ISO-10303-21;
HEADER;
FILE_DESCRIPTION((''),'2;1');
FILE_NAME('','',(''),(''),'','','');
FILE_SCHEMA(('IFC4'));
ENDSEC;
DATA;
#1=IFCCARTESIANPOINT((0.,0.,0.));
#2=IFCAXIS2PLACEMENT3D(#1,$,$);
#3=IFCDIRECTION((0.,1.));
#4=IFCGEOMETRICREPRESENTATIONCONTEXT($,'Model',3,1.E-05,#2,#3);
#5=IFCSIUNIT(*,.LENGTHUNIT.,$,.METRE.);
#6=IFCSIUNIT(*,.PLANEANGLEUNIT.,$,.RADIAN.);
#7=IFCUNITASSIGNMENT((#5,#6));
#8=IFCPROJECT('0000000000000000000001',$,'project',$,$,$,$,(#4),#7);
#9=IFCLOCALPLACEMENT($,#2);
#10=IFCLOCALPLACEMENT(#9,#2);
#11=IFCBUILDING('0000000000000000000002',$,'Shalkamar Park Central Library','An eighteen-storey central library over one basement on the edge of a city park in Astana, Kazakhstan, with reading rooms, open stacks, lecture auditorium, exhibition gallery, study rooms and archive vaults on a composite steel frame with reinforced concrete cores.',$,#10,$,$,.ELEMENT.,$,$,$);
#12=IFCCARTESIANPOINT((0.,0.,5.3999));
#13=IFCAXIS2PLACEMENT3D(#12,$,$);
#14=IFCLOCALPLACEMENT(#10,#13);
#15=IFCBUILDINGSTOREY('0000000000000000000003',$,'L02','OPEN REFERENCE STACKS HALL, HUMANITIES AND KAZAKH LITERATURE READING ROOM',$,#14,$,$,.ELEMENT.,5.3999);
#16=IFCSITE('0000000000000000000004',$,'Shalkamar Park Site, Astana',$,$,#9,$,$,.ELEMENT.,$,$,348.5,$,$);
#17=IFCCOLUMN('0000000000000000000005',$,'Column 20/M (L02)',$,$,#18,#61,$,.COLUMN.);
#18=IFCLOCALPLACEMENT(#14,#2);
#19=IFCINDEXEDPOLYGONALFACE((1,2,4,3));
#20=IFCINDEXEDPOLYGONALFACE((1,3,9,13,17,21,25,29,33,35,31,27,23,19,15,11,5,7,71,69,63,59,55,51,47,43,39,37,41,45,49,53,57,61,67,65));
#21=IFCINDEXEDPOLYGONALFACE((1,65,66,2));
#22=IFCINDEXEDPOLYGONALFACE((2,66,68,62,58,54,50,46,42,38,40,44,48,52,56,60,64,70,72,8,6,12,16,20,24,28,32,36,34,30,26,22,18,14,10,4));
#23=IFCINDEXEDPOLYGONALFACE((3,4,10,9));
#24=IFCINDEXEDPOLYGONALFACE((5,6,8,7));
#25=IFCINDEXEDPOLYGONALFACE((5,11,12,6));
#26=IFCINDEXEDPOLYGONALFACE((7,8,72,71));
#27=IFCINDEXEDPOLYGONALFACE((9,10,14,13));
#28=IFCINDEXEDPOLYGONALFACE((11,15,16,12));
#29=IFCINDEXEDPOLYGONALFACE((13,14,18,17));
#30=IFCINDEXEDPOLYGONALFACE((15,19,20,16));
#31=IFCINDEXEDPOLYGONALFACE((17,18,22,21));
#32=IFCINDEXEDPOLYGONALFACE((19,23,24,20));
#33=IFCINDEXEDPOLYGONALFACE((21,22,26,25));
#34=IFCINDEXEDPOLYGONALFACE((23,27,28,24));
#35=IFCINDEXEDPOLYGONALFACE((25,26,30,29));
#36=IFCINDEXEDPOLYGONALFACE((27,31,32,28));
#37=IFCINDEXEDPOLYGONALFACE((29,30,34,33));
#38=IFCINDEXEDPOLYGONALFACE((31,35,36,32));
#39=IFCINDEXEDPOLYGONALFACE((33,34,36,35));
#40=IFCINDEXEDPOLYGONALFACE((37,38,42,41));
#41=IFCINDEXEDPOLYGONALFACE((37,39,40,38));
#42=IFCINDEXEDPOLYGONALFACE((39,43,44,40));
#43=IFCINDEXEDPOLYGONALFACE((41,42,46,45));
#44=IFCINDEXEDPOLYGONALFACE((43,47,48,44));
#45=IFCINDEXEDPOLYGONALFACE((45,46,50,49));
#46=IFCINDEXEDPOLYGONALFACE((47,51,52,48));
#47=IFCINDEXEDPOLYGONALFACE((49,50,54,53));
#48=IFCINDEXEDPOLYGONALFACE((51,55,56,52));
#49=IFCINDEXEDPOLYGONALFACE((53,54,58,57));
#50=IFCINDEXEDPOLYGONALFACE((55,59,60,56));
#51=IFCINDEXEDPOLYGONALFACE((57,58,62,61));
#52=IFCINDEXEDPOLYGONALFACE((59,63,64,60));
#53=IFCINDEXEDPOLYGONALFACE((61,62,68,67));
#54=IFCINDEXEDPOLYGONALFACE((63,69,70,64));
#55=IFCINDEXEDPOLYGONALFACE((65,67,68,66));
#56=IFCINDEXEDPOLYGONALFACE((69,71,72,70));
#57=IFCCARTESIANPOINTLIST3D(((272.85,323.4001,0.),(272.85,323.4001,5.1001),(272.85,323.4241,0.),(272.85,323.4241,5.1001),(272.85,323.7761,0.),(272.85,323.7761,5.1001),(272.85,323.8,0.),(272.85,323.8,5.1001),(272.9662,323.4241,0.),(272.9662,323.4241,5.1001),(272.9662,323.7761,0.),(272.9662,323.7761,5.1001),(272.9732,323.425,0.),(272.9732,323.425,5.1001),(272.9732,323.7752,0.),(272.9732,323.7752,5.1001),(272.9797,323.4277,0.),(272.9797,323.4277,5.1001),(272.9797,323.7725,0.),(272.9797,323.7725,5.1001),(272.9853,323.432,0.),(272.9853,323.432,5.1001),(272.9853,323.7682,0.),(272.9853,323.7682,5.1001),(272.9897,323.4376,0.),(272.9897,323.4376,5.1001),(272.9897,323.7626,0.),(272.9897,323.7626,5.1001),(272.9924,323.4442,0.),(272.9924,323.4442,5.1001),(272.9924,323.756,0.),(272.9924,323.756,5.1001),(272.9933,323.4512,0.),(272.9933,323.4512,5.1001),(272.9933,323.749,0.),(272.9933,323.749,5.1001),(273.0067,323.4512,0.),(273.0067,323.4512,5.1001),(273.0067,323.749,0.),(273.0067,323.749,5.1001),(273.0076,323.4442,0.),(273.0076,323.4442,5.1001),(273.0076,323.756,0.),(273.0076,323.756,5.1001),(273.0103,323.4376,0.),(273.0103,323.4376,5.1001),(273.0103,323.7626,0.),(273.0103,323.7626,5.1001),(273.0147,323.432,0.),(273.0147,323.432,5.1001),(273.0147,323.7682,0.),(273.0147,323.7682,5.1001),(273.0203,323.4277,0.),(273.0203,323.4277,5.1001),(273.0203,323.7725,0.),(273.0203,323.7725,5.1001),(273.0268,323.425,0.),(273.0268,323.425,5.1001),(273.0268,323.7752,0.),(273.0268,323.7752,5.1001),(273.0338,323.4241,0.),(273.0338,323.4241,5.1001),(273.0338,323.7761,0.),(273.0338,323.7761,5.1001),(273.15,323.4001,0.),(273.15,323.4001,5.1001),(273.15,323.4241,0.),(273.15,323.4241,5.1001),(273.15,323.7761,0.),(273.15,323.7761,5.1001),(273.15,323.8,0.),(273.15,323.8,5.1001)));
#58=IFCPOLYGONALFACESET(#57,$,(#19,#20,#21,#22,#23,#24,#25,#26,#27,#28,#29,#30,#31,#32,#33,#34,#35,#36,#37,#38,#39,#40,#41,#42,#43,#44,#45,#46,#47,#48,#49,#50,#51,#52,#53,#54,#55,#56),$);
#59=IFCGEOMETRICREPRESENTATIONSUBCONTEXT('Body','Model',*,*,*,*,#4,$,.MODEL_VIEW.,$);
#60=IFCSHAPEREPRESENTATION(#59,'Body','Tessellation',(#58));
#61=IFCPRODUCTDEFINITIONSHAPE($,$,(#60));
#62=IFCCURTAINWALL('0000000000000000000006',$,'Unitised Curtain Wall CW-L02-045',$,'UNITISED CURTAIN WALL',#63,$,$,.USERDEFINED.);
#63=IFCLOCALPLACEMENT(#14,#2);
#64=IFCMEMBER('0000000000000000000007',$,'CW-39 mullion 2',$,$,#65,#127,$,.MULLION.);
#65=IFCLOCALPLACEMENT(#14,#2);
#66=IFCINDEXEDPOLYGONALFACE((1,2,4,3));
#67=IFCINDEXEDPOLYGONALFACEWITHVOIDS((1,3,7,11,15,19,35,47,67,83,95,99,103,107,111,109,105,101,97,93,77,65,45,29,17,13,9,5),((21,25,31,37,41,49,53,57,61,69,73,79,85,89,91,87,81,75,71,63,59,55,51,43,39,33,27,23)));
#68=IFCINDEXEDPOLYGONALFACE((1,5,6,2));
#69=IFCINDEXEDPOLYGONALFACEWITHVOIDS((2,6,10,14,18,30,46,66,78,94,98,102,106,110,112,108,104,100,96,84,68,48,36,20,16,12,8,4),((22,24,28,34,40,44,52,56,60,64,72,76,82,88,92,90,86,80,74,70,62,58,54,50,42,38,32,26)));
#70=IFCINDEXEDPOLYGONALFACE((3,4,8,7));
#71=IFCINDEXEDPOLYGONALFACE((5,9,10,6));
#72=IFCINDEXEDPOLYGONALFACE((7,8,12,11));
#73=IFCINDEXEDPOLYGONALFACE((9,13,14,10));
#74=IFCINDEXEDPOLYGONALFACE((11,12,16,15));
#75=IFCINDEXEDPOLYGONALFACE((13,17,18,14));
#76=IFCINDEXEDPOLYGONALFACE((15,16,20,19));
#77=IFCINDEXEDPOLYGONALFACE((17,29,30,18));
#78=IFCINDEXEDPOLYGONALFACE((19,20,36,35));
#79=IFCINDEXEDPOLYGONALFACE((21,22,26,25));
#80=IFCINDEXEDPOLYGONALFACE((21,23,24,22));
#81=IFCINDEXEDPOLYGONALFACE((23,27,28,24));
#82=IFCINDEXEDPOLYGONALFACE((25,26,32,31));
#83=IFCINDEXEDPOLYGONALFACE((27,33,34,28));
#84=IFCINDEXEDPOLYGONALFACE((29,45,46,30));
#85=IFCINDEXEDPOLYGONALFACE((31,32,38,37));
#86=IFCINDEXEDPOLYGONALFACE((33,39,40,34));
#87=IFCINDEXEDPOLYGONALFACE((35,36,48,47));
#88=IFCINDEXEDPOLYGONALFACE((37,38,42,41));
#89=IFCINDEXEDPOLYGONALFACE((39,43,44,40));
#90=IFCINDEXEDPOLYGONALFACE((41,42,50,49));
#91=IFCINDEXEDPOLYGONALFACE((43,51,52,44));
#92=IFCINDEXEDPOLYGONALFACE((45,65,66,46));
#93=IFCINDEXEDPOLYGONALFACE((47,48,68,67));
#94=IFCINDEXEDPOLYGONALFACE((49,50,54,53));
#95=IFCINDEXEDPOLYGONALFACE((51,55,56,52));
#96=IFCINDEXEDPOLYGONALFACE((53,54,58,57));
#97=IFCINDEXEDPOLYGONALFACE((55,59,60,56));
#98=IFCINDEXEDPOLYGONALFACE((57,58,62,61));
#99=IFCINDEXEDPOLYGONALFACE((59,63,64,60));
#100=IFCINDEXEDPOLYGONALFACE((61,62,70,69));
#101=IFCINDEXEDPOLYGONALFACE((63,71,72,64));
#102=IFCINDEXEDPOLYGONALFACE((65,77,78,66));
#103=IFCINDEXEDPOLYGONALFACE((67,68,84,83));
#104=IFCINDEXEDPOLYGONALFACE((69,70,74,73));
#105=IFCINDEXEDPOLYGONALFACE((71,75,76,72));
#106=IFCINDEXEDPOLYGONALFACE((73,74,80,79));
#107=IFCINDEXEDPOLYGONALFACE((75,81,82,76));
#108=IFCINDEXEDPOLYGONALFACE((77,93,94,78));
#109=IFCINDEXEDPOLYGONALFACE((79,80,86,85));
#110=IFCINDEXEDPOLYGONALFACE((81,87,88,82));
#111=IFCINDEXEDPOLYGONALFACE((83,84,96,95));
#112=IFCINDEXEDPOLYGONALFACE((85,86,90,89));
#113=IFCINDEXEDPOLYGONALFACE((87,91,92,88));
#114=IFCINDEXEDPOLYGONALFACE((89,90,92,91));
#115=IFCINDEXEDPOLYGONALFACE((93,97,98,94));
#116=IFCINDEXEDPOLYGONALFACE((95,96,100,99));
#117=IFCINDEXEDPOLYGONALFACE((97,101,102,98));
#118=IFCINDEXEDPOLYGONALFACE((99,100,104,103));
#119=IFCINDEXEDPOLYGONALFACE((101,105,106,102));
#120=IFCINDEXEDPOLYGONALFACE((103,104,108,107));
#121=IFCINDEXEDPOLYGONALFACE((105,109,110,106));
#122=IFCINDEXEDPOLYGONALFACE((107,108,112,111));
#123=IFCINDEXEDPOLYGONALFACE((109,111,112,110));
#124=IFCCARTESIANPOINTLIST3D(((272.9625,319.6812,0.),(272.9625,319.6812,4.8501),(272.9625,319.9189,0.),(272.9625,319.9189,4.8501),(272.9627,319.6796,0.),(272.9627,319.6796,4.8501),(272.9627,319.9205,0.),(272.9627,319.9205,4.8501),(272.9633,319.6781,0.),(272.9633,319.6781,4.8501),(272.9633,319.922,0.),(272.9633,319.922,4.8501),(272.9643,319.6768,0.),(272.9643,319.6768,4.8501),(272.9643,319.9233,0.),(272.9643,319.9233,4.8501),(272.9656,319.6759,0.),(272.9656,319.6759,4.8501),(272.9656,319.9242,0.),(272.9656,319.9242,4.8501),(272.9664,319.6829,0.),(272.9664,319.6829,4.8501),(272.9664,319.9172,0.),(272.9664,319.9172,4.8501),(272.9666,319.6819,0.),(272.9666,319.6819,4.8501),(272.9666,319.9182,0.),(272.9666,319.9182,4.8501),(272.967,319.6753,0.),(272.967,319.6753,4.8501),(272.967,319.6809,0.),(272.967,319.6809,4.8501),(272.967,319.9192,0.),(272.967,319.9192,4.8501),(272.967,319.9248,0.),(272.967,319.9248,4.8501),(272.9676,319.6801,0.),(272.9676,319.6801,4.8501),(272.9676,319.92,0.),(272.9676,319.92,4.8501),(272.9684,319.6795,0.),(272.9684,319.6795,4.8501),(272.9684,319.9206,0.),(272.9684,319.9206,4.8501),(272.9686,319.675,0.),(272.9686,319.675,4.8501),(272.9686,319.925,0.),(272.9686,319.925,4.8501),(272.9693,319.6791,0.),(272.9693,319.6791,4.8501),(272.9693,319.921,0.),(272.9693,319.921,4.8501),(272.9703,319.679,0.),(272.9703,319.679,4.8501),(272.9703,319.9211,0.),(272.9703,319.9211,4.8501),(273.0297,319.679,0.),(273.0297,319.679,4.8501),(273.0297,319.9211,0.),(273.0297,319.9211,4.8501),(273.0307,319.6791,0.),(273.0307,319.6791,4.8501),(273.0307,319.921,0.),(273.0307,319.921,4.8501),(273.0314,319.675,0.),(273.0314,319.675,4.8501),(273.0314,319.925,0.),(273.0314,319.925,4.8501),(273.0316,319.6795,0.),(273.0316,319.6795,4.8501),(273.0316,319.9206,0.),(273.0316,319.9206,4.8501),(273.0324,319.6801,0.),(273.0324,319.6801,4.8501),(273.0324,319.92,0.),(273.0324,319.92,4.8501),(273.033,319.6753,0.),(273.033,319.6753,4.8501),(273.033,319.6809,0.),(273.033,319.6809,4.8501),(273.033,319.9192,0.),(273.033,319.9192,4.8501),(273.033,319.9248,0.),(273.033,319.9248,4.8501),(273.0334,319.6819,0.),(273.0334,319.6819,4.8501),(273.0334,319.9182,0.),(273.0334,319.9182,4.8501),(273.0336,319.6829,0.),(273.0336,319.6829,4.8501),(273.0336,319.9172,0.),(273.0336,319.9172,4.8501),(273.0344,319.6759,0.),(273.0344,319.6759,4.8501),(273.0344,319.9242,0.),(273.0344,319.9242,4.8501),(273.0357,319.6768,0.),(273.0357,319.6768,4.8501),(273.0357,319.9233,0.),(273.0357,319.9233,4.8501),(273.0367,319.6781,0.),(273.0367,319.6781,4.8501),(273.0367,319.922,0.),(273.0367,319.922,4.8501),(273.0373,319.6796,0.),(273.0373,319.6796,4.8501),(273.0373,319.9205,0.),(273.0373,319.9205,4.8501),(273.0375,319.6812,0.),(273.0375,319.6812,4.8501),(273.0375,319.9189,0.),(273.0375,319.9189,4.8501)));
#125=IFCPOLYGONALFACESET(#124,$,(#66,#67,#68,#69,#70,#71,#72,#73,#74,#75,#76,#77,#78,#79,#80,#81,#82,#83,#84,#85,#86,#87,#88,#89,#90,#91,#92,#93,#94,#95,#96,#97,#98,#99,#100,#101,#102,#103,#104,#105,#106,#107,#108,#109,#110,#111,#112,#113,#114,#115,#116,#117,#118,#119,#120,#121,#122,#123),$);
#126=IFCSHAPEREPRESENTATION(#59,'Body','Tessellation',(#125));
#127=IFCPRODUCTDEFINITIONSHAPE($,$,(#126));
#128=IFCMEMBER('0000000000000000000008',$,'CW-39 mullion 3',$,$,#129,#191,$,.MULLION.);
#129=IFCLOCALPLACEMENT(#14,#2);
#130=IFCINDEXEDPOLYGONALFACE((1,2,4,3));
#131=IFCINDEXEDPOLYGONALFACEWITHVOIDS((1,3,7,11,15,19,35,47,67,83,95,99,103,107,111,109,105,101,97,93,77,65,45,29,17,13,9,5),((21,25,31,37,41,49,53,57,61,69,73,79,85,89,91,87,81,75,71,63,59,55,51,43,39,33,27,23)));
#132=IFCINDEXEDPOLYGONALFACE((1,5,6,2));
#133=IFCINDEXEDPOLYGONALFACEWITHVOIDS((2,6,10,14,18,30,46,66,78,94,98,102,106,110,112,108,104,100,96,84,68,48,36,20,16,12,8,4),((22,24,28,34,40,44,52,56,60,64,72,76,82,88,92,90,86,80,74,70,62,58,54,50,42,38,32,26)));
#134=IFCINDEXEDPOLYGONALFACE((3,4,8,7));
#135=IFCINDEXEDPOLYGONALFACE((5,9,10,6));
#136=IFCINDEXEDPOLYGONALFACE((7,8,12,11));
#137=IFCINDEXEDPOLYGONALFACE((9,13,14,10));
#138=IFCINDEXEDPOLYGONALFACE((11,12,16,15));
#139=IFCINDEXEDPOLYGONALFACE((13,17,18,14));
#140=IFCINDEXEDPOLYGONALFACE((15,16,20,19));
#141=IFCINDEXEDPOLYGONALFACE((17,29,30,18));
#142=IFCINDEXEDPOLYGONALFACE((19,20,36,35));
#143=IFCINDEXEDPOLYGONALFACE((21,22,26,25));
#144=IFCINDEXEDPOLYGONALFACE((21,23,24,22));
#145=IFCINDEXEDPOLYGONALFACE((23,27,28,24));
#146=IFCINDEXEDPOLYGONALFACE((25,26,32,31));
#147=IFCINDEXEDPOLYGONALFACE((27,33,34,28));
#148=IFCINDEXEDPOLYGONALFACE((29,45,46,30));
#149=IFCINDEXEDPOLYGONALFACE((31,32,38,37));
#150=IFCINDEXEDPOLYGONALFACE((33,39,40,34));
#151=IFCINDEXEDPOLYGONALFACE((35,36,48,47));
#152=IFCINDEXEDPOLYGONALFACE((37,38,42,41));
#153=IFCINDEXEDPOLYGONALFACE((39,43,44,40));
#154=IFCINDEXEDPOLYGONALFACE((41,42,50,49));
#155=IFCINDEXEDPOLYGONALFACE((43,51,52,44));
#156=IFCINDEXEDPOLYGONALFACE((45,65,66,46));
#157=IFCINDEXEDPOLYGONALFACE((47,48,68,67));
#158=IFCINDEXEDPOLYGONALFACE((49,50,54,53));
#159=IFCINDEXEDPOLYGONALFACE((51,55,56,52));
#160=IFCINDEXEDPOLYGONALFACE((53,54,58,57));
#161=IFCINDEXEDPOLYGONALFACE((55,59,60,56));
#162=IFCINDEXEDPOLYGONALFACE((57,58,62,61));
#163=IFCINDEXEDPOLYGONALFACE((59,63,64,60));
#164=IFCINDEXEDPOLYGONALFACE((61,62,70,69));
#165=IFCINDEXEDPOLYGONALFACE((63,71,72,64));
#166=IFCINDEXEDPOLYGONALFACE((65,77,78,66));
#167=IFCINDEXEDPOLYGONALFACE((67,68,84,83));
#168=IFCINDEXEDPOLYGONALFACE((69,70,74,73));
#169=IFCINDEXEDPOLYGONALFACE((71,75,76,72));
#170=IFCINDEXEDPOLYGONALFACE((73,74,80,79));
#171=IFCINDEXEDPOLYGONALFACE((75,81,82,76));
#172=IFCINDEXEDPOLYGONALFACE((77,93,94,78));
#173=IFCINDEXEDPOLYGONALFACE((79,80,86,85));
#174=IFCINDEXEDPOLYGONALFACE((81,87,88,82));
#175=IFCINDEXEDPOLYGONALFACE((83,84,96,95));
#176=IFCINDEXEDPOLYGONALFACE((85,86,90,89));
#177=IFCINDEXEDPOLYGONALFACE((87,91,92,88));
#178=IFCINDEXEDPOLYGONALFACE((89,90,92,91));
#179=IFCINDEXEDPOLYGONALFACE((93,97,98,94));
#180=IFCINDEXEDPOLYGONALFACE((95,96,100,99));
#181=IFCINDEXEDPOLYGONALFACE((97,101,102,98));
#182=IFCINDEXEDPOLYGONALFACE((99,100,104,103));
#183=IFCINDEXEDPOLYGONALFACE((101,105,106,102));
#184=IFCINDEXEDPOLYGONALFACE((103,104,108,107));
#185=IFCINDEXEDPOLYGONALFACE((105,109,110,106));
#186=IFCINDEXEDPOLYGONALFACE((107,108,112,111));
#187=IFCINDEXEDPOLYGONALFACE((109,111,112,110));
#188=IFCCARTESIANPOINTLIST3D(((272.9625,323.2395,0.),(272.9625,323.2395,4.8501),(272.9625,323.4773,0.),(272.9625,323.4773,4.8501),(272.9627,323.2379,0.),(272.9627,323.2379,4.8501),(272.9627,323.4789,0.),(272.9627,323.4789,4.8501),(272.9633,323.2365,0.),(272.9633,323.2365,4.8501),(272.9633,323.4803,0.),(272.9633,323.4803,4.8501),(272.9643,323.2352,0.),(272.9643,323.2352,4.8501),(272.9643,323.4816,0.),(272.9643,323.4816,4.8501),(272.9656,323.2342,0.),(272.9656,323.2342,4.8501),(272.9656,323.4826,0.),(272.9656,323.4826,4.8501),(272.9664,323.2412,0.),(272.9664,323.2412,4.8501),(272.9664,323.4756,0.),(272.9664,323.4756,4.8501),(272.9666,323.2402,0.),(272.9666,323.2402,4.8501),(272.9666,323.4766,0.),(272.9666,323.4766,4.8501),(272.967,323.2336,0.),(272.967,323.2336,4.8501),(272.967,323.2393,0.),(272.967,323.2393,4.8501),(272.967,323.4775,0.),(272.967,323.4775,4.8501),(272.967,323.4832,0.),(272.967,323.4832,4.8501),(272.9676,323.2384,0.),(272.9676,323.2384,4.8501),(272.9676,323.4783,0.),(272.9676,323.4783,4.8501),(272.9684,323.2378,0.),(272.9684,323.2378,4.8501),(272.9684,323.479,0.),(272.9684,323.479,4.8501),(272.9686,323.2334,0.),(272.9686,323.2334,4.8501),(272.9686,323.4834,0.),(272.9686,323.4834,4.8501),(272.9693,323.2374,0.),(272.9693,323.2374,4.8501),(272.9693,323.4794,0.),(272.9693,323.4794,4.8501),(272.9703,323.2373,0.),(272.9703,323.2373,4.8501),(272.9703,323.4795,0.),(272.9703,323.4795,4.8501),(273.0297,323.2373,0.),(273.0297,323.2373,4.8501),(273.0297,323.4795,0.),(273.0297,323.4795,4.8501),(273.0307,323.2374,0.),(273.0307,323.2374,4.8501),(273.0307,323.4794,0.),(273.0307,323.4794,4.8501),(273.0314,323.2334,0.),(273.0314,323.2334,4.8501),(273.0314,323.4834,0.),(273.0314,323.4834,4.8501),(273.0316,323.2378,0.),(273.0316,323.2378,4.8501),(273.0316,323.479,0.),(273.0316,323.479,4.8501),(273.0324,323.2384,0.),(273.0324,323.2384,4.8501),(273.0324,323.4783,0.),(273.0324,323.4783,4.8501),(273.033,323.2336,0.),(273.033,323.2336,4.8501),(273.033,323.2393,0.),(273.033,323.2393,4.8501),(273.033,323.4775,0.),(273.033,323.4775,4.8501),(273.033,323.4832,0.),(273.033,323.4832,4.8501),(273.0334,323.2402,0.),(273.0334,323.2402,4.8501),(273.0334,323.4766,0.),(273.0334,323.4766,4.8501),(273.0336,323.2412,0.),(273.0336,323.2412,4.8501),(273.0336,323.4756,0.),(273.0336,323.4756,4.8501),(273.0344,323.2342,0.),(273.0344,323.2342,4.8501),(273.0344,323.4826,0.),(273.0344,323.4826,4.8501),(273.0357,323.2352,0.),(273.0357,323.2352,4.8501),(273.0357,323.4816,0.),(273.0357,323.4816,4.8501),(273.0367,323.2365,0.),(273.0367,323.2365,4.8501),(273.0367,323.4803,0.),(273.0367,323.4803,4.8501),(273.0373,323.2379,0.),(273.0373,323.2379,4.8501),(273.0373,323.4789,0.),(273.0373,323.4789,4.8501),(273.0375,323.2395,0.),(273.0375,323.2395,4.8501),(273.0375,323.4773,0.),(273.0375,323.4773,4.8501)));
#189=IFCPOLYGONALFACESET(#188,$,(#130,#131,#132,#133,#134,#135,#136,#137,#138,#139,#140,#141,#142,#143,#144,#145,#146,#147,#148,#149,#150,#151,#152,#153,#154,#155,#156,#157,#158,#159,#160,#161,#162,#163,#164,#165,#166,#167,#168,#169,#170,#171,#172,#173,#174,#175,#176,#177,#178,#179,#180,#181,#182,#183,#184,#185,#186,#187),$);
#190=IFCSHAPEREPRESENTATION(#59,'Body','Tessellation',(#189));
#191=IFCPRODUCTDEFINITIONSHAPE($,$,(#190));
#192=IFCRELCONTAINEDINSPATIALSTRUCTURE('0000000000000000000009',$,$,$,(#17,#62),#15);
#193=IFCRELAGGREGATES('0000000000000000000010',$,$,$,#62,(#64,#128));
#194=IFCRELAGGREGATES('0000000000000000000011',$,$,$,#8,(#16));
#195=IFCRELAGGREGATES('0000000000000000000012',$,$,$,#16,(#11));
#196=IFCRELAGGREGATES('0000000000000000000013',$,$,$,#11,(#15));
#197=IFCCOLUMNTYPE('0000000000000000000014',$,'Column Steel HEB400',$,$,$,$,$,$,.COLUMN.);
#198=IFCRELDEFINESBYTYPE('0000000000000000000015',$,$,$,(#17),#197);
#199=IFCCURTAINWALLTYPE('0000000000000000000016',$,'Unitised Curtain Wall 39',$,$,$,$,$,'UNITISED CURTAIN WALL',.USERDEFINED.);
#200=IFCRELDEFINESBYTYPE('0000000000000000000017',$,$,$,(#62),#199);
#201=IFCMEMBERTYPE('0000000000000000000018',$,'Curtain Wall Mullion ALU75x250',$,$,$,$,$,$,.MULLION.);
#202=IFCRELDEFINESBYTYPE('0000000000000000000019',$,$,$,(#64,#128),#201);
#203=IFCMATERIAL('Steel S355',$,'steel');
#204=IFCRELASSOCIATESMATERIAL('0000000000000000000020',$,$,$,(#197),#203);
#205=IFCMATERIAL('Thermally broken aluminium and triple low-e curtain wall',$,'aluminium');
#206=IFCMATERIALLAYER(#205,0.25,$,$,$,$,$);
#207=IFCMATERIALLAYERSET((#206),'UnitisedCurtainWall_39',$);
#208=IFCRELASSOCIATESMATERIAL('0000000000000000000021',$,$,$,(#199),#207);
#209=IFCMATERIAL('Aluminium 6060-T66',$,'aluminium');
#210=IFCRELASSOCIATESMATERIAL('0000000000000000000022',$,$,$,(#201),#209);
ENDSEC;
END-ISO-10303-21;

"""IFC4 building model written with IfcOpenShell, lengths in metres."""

from ifc_helpers import new_model, si_unit, direction, frame, origin, origin_2d, place, context, subcontext, project, spatial, hollow_rectangle, i_section, extrude, material, layer, layer_set, material_profile, profile_set, type_object, element, aggregate, save


model = new_model("IFC4")

# Units and contexts
model_context = context("Model", 3, precision=1e-05, world=origin(), true_north=direction((0.0, 1.0)))
body_context = subcontext(model_context, "Body", "Model", "MODEL_VIEW")
ifc_project = project(units=[si_unit("LENGTHUNIT", "METRE"), si_unit("PLANEANGLEUNIT", "RADIAN")], contexts=[model_context])

# Site, building, storey
site_placement = place(None, origin())
site = spatial("IfcSite", under=ifc_project, at=site_placement, Name="Shalkamar Park Site, Astana", CompositionType="ELEMENT", RefElevation=348.5)
building_placement = place(site_placement, origin())
building = spatial("IfcBuilding", under=site, at=building_placement, Name="Shalkamar Park Central Library", Description="An eighteen-storey central library over one basement on the edge of a city park in Astana, Kazakhstan, with reading rooms, open stacks, lecture auditorium, exhibition gallery, study rooms and archive vaults on a composite steel frame with reinforced concrete cores.", CompositionType="ELEMENT")
storey_placement = place(building_placement, frame((0.0, 0.0, 5.3999)))
storey = spatial("IfcBuildingStorey", under=building, at=storey_placement, Name="L02", Description="OPEN REFERENCE STACKS HALL, HUMANITIES AND KAZAKH LITERATURE READING ROOM", CompositionType="ELEMENT", Elevation=5.3999)

# Column
ifc_material_1 = material(Name="Steel S355", Category="steel")
ifc_material_profile_1 = material_profile(ifc_material_1, i_section(OverallWidth=0.3, OverallDepth=0.3999, WebThickness=0.0134, FlangeThickness=0.0239, FilletRadius=0.0271, at=origin_2d()), Name="HEB 400")
ifc_profile_set_1 = profile_set([ifc_material_profile_1], Name="Steel S355")
column_type = type_object("IfcColumnType", Name="Column Steel HEB400", PredefinedType="COLUMN", material=ifc_profile_set_1)
column_placement = place(storey_placement, frame((273.0, 323.6001, 0.0), z_axis=(0.0, 0.0, 1.0), x_axis=(1.0, 0.0, 0.0)))
element("IfcColumn", 1, at=column_placement, inside=storey, type_object=column_type, Name="Column 20/M (L02)", PredefinedType="COLUMN", context=body_context, shape_type="SweptSolid", body=[
    extrude(i_section(OverallWidth=0.3, OverallDepth=0.3999, WebThickness=0.0134, FlangeThickness=0.0239, FilletRadius=0.0271, at=origin_2d()), origin(), (0.0, 0.0, 1.0), 5.1001),
])

# Curtain wall, members
ifc_material_2 = material(Name="Thermally broken aluminium and triple low-e curtain wall", Category="aluminium")
ifc_layer_1 = layer(ifc_material_2, 0.25)
ifc_layer_set_1 = layer_set([ifc_layer_1], Name="UnitisedCurtainWall_39")
curtain_wall_type = type_object("IfcCurtainWallType", Name="Unitised Curtain Wall 39", ElementType="UNITISED CURTAIN WALL", PredefinedType="USERDEFINED", material=ifc_layer_set_1)
curtain_wall_placement = place(storey_placement, origin())
curtain_wall = element("IfcCurtainWall", 2, at=curtain_wall_placement, inside=storey, type_object=curtain_wall_type, Name="Unitised Curtain Wall CW-L02-045", ObjectType="UNITISED CURTAIN WALL", PredefinedType="USERDEFINED")
ifc_material_3 = material(Name="Aluminium 6060-T66", Category="aluminium")
ifc_material_profile_2 = material_profile(ifc_material_3, hollow_rectangle(XDim=0.075, YDim=0.25, WallThickness=0.0039, InnerFilletRadius=0.0039, OuterFilletRadius=0.0061, at=origin_2d()), Name="ALU 75x250x4")
ifc_profile_set_2 = profile_set([ifc_material_profile_2], Name="Aluminium 6060-T66")
member_type_1 = type_object("IfcMemberType", Name="Curtain Wall Mullion ALU75x250", PredefinedType="MULLION", material=ifc_profile_set_2)
member_1_placement = place(storey_placement, frame((273.0, 319.8, 0.0), z_axis=(0.0, 0.0, 1.0), x_axis=(-1.0, 0.0, 0.0)))
member_1 = element("IfcMember", 3, at=member_1_placement, type_object=member_type_1, Name="CW-39 mullion 2", PredefinedType="MULLION", context=body_context, shape_type="SweptSolid", body=[
    extrude(hollow_rectangle(XDim=0.075, YDim=0.25, WallThickness=0.0039, InnerFilletRadius=0.0039, OuterFilletRadius=0.0061, at=origin_2d()), origin(), (0.0, 0.0, 1.0), 4.8501),
])
member_2_placement = place(storey_placement, frame((273.0, 323.3584, 0.0), z_axis=(0.0, 0.0, 1.0), x_axis=(-1.0, 0.0, 0.0)))
member_2 = element("IfcMember", 4, at=member_2_placement, type_object=member_type_1, Name="CW-39 mullion 3", PredefinedType="MULLION", context=body_context, shape_type="SweptSolid", body=[
    extrude(hollow_rectangle(XDim=0.075, YDim=0.25, WallThickness=0.0039, InnerFilletRadius=0.0039, OuterFilletRadius=0.0061, at=origin_2d()), origin(), (0.0, 0.0, 1.0), 4.8501),
])

aggregate(curtain_wall, [member_1, member_2])

save(model, "model.ifc")
